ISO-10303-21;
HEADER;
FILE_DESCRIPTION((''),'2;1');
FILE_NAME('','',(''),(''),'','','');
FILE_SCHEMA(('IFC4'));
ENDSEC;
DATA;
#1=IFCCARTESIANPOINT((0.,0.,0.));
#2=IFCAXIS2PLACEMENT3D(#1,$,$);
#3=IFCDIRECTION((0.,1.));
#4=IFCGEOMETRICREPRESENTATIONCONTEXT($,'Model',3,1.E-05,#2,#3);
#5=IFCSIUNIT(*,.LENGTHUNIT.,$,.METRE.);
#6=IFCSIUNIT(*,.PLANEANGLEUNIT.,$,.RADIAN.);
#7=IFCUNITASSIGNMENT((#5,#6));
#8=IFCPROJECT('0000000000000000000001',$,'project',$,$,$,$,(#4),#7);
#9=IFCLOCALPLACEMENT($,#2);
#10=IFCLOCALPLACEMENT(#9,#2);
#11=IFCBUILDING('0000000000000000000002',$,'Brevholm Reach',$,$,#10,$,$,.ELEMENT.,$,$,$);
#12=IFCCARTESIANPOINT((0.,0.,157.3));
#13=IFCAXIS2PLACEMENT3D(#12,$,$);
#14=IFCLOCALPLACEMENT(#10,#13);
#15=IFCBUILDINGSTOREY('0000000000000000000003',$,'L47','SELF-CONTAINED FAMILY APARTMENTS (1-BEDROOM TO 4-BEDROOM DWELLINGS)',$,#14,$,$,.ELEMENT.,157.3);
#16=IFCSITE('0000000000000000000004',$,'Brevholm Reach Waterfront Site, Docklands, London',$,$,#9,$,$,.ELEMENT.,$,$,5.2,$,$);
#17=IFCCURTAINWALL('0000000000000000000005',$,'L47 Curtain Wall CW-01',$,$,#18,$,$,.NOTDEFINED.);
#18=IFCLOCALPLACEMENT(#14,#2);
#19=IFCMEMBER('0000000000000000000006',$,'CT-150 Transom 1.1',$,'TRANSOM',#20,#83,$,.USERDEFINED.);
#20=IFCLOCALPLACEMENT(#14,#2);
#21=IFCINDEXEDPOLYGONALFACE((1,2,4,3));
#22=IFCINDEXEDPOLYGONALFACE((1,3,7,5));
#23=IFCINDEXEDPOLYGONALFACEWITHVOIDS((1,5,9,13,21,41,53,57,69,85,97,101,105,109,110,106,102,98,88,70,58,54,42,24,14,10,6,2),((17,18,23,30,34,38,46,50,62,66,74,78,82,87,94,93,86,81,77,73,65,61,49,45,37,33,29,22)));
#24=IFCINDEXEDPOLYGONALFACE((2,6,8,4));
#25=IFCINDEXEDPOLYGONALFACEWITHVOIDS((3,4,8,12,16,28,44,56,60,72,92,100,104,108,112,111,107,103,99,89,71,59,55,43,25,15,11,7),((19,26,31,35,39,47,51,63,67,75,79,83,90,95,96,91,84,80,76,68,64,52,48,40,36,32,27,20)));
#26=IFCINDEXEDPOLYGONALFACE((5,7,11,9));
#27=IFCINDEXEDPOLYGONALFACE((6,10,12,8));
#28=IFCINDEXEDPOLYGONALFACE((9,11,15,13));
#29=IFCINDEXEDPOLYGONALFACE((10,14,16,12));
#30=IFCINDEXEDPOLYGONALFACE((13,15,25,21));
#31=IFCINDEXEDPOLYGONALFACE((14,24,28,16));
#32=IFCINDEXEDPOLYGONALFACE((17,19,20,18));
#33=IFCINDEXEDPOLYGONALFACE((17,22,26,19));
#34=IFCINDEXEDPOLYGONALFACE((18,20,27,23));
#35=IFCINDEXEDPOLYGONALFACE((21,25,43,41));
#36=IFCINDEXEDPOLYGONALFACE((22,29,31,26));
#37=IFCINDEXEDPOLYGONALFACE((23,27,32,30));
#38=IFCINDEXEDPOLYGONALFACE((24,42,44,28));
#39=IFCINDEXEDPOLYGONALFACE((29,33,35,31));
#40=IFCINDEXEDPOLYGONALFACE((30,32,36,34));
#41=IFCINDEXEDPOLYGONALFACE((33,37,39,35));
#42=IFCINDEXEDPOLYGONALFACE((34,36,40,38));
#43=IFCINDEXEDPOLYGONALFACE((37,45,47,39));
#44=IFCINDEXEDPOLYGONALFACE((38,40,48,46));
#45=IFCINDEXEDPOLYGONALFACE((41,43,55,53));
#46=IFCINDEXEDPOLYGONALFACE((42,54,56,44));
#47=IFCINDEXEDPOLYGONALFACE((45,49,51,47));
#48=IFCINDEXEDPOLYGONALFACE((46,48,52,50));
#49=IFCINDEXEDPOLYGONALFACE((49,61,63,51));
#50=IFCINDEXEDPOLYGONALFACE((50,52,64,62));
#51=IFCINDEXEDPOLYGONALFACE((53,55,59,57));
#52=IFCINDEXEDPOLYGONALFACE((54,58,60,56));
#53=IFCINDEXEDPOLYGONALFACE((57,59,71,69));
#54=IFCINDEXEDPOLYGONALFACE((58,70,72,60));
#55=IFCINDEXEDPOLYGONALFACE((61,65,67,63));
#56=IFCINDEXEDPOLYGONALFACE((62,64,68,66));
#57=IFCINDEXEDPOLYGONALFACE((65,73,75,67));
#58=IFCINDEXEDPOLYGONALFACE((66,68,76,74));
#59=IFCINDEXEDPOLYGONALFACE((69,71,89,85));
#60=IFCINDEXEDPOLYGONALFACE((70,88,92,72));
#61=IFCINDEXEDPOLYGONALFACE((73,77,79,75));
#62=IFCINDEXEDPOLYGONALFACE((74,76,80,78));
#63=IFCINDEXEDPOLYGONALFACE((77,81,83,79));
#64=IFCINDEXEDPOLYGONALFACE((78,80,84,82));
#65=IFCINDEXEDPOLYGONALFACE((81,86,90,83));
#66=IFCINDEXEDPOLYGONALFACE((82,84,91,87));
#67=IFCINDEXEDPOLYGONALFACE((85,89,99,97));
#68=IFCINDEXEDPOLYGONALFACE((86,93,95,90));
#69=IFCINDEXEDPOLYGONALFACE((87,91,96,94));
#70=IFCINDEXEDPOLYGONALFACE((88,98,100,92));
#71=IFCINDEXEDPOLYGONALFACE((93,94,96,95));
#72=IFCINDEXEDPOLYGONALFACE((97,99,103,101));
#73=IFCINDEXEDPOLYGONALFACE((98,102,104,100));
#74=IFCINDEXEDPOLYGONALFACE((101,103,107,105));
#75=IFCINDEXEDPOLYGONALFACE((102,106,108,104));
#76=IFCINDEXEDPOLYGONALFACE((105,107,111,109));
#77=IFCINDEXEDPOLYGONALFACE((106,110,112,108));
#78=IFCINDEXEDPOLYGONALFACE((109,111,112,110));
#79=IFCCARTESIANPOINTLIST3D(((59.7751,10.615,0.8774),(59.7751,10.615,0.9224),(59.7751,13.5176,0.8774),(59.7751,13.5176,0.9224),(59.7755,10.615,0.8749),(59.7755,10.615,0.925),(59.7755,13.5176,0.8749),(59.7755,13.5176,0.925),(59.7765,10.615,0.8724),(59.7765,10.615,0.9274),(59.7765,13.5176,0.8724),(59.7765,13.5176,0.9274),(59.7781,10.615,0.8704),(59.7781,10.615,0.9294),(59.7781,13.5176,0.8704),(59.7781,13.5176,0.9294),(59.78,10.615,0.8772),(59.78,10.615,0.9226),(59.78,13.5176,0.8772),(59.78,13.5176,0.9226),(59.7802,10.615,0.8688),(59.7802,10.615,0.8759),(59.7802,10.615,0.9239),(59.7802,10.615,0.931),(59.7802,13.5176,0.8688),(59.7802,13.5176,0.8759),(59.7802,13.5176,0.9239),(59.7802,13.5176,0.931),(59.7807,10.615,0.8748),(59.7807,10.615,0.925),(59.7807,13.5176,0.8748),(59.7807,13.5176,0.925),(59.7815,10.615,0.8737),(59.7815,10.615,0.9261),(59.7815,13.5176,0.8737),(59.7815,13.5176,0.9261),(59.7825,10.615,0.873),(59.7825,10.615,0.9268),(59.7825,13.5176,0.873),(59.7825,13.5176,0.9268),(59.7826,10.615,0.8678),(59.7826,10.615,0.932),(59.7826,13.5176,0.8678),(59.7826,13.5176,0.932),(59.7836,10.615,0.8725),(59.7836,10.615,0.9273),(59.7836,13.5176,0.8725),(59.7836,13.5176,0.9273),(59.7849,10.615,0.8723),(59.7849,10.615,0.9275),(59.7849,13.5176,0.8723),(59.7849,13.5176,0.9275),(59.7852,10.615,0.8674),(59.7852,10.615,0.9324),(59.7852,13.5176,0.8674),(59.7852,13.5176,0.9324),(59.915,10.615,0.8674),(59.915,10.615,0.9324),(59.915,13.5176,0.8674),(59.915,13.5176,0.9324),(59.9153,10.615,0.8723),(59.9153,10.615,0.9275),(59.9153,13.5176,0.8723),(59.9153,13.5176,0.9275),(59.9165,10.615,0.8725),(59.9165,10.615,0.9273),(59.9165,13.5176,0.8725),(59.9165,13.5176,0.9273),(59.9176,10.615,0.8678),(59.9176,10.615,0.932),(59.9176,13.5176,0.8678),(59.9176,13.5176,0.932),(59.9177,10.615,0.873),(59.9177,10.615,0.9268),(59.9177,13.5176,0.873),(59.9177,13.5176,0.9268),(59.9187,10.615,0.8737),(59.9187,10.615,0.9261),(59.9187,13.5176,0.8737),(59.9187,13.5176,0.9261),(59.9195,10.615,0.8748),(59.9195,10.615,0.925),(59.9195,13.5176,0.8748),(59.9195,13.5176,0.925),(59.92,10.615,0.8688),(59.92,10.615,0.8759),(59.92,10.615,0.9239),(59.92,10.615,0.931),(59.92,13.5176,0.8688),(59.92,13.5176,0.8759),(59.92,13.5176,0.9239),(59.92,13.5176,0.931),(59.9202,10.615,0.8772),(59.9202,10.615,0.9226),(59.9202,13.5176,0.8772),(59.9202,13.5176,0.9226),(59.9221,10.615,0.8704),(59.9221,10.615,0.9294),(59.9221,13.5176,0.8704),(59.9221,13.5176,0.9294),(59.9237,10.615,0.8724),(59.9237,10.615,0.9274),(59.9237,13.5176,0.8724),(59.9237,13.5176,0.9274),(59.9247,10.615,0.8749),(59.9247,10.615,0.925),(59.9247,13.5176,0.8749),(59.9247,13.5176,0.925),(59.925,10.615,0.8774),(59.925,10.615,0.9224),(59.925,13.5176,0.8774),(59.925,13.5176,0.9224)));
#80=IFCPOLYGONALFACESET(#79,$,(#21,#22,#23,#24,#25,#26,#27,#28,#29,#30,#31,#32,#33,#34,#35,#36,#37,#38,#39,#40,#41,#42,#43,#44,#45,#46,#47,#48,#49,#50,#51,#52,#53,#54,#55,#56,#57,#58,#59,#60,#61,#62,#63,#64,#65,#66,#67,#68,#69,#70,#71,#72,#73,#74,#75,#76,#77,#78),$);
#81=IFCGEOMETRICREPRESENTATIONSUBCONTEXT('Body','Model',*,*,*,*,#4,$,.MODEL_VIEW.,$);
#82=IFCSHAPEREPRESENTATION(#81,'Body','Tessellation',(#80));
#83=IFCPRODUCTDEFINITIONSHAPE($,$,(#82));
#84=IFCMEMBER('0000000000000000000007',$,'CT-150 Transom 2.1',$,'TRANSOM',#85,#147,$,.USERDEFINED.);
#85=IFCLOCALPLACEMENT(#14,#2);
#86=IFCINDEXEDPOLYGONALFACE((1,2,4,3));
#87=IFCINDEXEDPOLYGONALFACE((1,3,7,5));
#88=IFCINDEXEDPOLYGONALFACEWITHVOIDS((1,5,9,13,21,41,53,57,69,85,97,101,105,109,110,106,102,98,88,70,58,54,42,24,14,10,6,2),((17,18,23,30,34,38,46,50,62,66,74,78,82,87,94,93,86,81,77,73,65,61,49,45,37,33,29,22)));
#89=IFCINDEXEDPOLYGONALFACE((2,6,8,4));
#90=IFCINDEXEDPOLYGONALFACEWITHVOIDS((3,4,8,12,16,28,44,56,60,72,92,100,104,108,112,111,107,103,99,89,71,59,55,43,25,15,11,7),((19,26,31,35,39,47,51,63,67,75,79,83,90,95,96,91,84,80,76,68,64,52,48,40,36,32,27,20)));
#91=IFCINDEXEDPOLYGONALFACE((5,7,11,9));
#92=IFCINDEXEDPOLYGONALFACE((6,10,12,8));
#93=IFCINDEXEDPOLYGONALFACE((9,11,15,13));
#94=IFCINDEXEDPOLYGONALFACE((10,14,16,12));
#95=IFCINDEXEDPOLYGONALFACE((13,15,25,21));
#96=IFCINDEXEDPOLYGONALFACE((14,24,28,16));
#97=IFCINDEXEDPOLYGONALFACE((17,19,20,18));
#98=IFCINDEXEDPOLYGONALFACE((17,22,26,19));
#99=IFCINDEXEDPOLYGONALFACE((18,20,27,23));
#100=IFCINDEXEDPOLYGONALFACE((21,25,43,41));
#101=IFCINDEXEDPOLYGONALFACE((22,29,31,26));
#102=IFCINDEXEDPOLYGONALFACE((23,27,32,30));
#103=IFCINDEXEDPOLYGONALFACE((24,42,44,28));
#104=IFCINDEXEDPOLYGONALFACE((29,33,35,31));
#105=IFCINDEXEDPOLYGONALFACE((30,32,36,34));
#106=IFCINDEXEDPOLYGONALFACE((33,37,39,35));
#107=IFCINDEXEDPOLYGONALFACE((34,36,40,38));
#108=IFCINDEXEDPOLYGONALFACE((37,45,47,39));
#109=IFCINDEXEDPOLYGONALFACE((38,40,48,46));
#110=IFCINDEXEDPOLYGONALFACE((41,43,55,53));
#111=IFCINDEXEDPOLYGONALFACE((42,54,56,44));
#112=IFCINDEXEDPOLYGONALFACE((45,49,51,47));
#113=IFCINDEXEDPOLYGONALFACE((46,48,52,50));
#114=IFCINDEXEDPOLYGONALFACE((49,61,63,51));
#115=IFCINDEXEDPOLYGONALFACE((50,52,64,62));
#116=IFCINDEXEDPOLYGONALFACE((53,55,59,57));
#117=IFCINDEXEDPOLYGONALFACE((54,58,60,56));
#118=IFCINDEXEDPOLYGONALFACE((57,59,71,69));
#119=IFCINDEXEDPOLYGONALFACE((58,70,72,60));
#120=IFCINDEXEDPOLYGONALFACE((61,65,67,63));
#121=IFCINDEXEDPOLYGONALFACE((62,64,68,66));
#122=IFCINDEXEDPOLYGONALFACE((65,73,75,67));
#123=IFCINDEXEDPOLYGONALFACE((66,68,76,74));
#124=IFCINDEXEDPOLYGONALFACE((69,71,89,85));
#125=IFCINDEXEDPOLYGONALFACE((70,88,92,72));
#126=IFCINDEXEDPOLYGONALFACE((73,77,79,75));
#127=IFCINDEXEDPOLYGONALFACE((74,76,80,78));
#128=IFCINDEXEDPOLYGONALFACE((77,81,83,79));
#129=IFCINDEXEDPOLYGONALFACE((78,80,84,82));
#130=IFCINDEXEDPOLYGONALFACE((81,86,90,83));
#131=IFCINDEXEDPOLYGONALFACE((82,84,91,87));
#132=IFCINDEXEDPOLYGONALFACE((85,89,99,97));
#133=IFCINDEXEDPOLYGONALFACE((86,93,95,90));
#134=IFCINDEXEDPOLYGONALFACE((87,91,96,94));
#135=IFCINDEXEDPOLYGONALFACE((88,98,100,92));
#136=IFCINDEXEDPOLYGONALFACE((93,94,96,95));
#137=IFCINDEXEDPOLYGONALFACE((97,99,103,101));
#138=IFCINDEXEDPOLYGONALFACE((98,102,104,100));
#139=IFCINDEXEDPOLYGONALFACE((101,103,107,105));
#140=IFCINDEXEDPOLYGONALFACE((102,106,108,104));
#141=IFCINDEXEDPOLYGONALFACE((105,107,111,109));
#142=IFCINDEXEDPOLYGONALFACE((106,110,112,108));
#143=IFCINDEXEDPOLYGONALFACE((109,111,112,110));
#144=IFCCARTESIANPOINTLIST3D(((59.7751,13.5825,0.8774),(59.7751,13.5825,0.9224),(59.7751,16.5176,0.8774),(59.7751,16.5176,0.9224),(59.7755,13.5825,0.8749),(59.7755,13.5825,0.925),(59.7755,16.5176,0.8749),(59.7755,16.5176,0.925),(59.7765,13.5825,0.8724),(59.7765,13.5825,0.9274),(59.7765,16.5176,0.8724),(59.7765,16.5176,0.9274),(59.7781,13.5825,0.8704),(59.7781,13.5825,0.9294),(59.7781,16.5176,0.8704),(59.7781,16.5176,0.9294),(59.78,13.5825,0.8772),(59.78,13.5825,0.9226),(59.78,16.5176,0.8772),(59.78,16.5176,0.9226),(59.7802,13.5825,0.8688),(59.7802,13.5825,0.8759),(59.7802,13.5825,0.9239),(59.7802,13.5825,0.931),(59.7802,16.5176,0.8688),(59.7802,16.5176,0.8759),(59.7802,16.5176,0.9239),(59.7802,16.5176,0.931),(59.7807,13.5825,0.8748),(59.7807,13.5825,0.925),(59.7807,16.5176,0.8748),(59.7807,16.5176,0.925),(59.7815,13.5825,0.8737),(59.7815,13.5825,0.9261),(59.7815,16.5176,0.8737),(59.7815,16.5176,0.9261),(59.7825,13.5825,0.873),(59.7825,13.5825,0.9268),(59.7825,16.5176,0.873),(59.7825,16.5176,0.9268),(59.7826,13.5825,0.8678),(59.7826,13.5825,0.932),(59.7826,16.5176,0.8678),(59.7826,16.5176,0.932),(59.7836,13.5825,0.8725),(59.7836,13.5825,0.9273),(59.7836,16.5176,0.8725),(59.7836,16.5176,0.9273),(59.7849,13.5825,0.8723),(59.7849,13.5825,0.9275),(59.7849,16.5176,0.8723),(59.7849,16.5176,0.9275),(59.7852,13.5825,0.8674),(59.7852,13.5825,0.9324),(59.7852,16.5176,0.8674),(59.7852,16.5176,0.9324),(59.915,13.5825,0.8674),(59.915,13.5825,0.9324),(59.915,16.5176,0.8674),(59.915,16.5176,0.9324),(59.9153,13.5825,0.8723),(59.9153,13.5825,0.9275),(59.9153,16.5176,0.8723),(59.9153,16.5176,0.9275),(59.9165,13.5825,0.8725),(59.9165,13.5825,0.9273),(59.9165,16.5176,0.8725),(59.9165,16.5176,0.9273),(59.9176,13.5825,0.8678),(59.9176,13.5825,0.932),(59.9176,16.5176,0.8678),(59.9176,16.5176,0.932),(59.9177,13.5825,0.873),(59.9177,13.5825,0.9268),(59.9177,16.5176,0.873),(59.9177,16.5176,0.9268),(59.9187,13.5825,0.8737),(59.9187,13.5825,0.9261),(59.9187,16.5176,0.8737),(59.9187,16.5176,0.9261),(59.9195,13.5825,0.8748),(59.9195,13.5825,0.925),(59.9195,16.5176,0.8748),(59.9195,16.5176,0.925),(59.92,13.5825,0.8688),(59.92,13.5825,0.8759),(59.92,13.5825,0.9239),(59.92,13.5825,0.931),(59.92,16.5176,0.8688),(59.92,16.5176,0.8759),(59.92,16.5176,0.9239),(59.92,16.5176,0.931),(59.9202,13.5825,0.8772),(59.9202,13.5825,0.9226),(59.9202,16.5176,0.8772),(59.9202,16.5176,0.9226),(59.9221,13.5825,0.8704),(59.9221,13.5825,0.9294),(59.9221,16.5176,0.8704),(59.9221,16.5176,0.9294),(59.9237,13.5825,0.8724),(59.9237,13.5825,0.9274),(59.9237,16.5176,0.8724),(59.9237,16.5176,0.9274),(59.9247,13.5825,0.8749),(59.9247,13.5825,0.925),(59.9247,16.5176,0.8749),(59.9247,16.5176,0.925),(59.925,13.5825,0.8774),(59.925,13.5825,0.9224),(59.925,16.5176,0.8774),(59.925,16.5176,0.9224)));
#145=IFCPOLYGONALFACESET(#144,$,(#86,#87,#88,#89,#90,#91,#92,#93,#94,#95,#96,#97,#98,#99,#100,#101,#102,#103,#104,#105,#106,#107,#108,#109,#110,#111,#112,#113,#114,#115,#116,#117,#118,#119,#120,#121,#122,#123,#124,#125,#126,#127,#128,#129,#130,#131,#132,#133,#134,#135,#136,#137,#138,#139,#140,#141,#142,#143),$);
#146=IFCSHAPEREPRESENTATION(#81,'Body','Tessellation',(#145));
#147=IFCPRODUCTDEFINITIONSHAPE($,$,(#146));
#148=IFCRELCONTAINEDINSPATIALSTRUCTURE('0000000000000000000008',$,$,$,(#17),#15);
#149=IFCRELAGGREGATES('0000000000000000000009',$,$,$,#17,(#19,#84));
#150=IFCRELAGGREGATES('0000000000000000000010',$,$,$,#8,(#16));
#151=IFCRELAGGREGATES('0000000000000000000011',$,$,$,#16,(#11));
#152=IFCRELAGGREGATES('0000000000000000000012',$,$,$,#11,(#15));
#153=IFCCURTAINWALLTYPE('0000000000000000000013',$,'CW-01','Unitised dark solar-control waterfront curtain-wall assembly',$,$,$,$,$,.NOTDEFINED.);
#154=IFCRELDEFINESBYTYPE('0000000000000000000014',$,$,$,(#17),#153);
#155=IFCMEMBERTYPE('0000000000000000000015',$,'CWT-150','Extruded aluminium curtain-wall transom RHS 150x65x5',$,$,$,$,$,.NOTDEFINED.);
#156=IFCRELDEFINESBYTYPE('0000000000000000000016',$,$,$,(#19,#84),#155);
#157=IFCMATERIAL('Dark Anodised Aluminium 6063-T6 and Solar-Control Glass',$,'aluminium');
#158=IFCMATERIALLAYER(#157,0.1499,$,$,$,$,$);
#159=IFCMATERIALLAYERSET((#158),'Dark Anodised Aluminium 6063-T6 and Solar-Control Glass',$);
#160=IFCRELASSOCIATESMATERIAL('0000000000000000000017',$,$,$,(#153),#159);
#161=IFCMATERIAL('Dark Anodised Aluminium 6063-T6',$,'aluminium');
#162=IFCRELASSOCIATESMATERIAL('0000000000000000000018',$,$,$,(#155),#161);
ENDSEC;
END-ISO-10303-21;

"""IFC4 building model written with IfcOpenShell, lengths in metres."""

from ifc_helpers import new_model, si_unit, direction, frame, origin, origin_2d, place, context, subcontext, project, spatial, hollow_rectangle, extrude, material, layer, layer_set, material_profile, profile_set, type_object, element, aggregate, save


model = new_model("IFC4")

# Units and contexts
model_context = context("Model", 3, precision=1e-05, world=origin(), true_north=direction((0.0, 1.0)))
body_context = subcontext(model_context, "Body", "Model", "MODEL_VIEW")
ifc_project = project(units=[si_unit("LENGTHUNIT", "METRE"), si_unit("PLANEANGLEUNIT", "RADIAN")], contexts=[model_context])

# Site, building, storey
site_placement = place(None, origin())
site = spatial("IfcSite", under=ifc_project, at=site_placement, Name="Brevholm Reach Waterfront Site, Docklands, London", CompositionType="ELEMENT", RefElevation=5.2)
building_placement = place(site_placement, origin())
building = spatial("IfcBuilding", under=site, at=building_placement, Name="Brevholm Reach", CompositionType="ELEMENT")
storey_placement = place(building_placement, frame((0.0, 0.0, 157.3)))
storey = spatial("IfcBuildingStorey", under=building, at=storey_placement, Name="L47", Description="SELF-CONTAINED FAMILY APARTMENTS (1-BEDROOM TO 4-BEDROOM DWELLINGS)", CompositionType="ELEMENT", Elevation=157.3)

# Curtain wall, members
ifc_material_1 = material(Name="Dark Anodised Aluminium 6063-T6 and Solar-Control Glass", Category="aluminium")
ifc_layer_1 = layer(ifc_material_1, 0.1499)
ifc_layer_set_1 = layer_set([ifc_layer_1], Name="Dark Anodised Aluminium 6063-T6 and Solar-Control Glass")
curtain_wall_type = type_object("IfcCurtainWallType", Name="CW-01", Description="Unitised dark solar-control waterfront curtain-wall assembly", PredefinedType="NOTDEFINED", material=ifc_layer_set_1)
curtain_wall_placement = place(storey_placement, origin())
curtain_wall = element("IfcCurtainWall", 1, at=curtain_wall_placement, inside=storey, type_object=curtain_wall_type, Name="L47 Curtain Wall CW-01", PredefinedType="NOTDEFINED")
ifc_material_2 = material(Name="Dark Anodised Aluminium 6063-T6", Category="aluminium")
ifc_material_profile_1 = material_profile(ifc_material_2, hollow_rectangle(XDim=0.0649, YDim=0.1499, WallThickness=0.0049, InnerFilletRadius=0.0049, OuterFilletRadius=0.01, at=origin_2d()), Name="RHS 150x65x5")
ifc_profile_set_1 = profile_set([ifc_material_profile_1], Name="Dark Anodised Aluminium 6063-T6")
member_type_1 = type_object("IfcMemberType", Name="CWT-150", Description="Extruded aluminium curtain-wall transom RHS 150x65x5", PredefinedType="NOTDEFINED", material=ifc_profile_set_1)
member_1_placement = place(storey_placement, frame((59.8501, 10.615, 0.8999), z_axis=(0.0, 1.0, 0.0), x_axis=(0.0, 0.0, 1.0)))
member_1 = element("IfcMember", 2, at=member_1_placement, type_object=member_type_1, Name="CT-150 Transom 1.1", ObjectType="TRANSOM", PredefinedType="USERDEFINED", context=body_context, shape_type="SweptSolid", body=[
    extrude(hollow_rectangle(XDim=0.0649, YDim=0.1499, WallThickness=0.0049, InnerFilletRadius=0.0049, OuterFilletRadius=0.01, at=origin_2d()), origin(), (0.0, 0.0, 1.0), 2.9026),
])
member_2_placement = place(storey_placement, frame((59.8501, 13.5825, 0.8999), z_axis=(0.0, 1.0, 0.0), x_axis=(0.0, 0.0, 1.0)))
member_2 = element("IfcMember", 3, at=member_2_placement, type_object=member_type_1, Name="CT-150 Transom 2.1", ObjectType="TRANSOM", PredefinedType="USERDEFINED", context=body_context, shape_type="SweptSolid", body=[
    extrude(hollow_rectangle(XDim=0.0649, YDim=0.1499, WallThickness=0.0049, InnerFilletRadius=0.0049, OuterFilletRadius=0.01, at=origin_2d()), origin(), (0.0, 0.0, 1.0), 2.9351),
])
aggregate(curtain_wall, [member_1, member_2])

save(model, "model.ifc")
